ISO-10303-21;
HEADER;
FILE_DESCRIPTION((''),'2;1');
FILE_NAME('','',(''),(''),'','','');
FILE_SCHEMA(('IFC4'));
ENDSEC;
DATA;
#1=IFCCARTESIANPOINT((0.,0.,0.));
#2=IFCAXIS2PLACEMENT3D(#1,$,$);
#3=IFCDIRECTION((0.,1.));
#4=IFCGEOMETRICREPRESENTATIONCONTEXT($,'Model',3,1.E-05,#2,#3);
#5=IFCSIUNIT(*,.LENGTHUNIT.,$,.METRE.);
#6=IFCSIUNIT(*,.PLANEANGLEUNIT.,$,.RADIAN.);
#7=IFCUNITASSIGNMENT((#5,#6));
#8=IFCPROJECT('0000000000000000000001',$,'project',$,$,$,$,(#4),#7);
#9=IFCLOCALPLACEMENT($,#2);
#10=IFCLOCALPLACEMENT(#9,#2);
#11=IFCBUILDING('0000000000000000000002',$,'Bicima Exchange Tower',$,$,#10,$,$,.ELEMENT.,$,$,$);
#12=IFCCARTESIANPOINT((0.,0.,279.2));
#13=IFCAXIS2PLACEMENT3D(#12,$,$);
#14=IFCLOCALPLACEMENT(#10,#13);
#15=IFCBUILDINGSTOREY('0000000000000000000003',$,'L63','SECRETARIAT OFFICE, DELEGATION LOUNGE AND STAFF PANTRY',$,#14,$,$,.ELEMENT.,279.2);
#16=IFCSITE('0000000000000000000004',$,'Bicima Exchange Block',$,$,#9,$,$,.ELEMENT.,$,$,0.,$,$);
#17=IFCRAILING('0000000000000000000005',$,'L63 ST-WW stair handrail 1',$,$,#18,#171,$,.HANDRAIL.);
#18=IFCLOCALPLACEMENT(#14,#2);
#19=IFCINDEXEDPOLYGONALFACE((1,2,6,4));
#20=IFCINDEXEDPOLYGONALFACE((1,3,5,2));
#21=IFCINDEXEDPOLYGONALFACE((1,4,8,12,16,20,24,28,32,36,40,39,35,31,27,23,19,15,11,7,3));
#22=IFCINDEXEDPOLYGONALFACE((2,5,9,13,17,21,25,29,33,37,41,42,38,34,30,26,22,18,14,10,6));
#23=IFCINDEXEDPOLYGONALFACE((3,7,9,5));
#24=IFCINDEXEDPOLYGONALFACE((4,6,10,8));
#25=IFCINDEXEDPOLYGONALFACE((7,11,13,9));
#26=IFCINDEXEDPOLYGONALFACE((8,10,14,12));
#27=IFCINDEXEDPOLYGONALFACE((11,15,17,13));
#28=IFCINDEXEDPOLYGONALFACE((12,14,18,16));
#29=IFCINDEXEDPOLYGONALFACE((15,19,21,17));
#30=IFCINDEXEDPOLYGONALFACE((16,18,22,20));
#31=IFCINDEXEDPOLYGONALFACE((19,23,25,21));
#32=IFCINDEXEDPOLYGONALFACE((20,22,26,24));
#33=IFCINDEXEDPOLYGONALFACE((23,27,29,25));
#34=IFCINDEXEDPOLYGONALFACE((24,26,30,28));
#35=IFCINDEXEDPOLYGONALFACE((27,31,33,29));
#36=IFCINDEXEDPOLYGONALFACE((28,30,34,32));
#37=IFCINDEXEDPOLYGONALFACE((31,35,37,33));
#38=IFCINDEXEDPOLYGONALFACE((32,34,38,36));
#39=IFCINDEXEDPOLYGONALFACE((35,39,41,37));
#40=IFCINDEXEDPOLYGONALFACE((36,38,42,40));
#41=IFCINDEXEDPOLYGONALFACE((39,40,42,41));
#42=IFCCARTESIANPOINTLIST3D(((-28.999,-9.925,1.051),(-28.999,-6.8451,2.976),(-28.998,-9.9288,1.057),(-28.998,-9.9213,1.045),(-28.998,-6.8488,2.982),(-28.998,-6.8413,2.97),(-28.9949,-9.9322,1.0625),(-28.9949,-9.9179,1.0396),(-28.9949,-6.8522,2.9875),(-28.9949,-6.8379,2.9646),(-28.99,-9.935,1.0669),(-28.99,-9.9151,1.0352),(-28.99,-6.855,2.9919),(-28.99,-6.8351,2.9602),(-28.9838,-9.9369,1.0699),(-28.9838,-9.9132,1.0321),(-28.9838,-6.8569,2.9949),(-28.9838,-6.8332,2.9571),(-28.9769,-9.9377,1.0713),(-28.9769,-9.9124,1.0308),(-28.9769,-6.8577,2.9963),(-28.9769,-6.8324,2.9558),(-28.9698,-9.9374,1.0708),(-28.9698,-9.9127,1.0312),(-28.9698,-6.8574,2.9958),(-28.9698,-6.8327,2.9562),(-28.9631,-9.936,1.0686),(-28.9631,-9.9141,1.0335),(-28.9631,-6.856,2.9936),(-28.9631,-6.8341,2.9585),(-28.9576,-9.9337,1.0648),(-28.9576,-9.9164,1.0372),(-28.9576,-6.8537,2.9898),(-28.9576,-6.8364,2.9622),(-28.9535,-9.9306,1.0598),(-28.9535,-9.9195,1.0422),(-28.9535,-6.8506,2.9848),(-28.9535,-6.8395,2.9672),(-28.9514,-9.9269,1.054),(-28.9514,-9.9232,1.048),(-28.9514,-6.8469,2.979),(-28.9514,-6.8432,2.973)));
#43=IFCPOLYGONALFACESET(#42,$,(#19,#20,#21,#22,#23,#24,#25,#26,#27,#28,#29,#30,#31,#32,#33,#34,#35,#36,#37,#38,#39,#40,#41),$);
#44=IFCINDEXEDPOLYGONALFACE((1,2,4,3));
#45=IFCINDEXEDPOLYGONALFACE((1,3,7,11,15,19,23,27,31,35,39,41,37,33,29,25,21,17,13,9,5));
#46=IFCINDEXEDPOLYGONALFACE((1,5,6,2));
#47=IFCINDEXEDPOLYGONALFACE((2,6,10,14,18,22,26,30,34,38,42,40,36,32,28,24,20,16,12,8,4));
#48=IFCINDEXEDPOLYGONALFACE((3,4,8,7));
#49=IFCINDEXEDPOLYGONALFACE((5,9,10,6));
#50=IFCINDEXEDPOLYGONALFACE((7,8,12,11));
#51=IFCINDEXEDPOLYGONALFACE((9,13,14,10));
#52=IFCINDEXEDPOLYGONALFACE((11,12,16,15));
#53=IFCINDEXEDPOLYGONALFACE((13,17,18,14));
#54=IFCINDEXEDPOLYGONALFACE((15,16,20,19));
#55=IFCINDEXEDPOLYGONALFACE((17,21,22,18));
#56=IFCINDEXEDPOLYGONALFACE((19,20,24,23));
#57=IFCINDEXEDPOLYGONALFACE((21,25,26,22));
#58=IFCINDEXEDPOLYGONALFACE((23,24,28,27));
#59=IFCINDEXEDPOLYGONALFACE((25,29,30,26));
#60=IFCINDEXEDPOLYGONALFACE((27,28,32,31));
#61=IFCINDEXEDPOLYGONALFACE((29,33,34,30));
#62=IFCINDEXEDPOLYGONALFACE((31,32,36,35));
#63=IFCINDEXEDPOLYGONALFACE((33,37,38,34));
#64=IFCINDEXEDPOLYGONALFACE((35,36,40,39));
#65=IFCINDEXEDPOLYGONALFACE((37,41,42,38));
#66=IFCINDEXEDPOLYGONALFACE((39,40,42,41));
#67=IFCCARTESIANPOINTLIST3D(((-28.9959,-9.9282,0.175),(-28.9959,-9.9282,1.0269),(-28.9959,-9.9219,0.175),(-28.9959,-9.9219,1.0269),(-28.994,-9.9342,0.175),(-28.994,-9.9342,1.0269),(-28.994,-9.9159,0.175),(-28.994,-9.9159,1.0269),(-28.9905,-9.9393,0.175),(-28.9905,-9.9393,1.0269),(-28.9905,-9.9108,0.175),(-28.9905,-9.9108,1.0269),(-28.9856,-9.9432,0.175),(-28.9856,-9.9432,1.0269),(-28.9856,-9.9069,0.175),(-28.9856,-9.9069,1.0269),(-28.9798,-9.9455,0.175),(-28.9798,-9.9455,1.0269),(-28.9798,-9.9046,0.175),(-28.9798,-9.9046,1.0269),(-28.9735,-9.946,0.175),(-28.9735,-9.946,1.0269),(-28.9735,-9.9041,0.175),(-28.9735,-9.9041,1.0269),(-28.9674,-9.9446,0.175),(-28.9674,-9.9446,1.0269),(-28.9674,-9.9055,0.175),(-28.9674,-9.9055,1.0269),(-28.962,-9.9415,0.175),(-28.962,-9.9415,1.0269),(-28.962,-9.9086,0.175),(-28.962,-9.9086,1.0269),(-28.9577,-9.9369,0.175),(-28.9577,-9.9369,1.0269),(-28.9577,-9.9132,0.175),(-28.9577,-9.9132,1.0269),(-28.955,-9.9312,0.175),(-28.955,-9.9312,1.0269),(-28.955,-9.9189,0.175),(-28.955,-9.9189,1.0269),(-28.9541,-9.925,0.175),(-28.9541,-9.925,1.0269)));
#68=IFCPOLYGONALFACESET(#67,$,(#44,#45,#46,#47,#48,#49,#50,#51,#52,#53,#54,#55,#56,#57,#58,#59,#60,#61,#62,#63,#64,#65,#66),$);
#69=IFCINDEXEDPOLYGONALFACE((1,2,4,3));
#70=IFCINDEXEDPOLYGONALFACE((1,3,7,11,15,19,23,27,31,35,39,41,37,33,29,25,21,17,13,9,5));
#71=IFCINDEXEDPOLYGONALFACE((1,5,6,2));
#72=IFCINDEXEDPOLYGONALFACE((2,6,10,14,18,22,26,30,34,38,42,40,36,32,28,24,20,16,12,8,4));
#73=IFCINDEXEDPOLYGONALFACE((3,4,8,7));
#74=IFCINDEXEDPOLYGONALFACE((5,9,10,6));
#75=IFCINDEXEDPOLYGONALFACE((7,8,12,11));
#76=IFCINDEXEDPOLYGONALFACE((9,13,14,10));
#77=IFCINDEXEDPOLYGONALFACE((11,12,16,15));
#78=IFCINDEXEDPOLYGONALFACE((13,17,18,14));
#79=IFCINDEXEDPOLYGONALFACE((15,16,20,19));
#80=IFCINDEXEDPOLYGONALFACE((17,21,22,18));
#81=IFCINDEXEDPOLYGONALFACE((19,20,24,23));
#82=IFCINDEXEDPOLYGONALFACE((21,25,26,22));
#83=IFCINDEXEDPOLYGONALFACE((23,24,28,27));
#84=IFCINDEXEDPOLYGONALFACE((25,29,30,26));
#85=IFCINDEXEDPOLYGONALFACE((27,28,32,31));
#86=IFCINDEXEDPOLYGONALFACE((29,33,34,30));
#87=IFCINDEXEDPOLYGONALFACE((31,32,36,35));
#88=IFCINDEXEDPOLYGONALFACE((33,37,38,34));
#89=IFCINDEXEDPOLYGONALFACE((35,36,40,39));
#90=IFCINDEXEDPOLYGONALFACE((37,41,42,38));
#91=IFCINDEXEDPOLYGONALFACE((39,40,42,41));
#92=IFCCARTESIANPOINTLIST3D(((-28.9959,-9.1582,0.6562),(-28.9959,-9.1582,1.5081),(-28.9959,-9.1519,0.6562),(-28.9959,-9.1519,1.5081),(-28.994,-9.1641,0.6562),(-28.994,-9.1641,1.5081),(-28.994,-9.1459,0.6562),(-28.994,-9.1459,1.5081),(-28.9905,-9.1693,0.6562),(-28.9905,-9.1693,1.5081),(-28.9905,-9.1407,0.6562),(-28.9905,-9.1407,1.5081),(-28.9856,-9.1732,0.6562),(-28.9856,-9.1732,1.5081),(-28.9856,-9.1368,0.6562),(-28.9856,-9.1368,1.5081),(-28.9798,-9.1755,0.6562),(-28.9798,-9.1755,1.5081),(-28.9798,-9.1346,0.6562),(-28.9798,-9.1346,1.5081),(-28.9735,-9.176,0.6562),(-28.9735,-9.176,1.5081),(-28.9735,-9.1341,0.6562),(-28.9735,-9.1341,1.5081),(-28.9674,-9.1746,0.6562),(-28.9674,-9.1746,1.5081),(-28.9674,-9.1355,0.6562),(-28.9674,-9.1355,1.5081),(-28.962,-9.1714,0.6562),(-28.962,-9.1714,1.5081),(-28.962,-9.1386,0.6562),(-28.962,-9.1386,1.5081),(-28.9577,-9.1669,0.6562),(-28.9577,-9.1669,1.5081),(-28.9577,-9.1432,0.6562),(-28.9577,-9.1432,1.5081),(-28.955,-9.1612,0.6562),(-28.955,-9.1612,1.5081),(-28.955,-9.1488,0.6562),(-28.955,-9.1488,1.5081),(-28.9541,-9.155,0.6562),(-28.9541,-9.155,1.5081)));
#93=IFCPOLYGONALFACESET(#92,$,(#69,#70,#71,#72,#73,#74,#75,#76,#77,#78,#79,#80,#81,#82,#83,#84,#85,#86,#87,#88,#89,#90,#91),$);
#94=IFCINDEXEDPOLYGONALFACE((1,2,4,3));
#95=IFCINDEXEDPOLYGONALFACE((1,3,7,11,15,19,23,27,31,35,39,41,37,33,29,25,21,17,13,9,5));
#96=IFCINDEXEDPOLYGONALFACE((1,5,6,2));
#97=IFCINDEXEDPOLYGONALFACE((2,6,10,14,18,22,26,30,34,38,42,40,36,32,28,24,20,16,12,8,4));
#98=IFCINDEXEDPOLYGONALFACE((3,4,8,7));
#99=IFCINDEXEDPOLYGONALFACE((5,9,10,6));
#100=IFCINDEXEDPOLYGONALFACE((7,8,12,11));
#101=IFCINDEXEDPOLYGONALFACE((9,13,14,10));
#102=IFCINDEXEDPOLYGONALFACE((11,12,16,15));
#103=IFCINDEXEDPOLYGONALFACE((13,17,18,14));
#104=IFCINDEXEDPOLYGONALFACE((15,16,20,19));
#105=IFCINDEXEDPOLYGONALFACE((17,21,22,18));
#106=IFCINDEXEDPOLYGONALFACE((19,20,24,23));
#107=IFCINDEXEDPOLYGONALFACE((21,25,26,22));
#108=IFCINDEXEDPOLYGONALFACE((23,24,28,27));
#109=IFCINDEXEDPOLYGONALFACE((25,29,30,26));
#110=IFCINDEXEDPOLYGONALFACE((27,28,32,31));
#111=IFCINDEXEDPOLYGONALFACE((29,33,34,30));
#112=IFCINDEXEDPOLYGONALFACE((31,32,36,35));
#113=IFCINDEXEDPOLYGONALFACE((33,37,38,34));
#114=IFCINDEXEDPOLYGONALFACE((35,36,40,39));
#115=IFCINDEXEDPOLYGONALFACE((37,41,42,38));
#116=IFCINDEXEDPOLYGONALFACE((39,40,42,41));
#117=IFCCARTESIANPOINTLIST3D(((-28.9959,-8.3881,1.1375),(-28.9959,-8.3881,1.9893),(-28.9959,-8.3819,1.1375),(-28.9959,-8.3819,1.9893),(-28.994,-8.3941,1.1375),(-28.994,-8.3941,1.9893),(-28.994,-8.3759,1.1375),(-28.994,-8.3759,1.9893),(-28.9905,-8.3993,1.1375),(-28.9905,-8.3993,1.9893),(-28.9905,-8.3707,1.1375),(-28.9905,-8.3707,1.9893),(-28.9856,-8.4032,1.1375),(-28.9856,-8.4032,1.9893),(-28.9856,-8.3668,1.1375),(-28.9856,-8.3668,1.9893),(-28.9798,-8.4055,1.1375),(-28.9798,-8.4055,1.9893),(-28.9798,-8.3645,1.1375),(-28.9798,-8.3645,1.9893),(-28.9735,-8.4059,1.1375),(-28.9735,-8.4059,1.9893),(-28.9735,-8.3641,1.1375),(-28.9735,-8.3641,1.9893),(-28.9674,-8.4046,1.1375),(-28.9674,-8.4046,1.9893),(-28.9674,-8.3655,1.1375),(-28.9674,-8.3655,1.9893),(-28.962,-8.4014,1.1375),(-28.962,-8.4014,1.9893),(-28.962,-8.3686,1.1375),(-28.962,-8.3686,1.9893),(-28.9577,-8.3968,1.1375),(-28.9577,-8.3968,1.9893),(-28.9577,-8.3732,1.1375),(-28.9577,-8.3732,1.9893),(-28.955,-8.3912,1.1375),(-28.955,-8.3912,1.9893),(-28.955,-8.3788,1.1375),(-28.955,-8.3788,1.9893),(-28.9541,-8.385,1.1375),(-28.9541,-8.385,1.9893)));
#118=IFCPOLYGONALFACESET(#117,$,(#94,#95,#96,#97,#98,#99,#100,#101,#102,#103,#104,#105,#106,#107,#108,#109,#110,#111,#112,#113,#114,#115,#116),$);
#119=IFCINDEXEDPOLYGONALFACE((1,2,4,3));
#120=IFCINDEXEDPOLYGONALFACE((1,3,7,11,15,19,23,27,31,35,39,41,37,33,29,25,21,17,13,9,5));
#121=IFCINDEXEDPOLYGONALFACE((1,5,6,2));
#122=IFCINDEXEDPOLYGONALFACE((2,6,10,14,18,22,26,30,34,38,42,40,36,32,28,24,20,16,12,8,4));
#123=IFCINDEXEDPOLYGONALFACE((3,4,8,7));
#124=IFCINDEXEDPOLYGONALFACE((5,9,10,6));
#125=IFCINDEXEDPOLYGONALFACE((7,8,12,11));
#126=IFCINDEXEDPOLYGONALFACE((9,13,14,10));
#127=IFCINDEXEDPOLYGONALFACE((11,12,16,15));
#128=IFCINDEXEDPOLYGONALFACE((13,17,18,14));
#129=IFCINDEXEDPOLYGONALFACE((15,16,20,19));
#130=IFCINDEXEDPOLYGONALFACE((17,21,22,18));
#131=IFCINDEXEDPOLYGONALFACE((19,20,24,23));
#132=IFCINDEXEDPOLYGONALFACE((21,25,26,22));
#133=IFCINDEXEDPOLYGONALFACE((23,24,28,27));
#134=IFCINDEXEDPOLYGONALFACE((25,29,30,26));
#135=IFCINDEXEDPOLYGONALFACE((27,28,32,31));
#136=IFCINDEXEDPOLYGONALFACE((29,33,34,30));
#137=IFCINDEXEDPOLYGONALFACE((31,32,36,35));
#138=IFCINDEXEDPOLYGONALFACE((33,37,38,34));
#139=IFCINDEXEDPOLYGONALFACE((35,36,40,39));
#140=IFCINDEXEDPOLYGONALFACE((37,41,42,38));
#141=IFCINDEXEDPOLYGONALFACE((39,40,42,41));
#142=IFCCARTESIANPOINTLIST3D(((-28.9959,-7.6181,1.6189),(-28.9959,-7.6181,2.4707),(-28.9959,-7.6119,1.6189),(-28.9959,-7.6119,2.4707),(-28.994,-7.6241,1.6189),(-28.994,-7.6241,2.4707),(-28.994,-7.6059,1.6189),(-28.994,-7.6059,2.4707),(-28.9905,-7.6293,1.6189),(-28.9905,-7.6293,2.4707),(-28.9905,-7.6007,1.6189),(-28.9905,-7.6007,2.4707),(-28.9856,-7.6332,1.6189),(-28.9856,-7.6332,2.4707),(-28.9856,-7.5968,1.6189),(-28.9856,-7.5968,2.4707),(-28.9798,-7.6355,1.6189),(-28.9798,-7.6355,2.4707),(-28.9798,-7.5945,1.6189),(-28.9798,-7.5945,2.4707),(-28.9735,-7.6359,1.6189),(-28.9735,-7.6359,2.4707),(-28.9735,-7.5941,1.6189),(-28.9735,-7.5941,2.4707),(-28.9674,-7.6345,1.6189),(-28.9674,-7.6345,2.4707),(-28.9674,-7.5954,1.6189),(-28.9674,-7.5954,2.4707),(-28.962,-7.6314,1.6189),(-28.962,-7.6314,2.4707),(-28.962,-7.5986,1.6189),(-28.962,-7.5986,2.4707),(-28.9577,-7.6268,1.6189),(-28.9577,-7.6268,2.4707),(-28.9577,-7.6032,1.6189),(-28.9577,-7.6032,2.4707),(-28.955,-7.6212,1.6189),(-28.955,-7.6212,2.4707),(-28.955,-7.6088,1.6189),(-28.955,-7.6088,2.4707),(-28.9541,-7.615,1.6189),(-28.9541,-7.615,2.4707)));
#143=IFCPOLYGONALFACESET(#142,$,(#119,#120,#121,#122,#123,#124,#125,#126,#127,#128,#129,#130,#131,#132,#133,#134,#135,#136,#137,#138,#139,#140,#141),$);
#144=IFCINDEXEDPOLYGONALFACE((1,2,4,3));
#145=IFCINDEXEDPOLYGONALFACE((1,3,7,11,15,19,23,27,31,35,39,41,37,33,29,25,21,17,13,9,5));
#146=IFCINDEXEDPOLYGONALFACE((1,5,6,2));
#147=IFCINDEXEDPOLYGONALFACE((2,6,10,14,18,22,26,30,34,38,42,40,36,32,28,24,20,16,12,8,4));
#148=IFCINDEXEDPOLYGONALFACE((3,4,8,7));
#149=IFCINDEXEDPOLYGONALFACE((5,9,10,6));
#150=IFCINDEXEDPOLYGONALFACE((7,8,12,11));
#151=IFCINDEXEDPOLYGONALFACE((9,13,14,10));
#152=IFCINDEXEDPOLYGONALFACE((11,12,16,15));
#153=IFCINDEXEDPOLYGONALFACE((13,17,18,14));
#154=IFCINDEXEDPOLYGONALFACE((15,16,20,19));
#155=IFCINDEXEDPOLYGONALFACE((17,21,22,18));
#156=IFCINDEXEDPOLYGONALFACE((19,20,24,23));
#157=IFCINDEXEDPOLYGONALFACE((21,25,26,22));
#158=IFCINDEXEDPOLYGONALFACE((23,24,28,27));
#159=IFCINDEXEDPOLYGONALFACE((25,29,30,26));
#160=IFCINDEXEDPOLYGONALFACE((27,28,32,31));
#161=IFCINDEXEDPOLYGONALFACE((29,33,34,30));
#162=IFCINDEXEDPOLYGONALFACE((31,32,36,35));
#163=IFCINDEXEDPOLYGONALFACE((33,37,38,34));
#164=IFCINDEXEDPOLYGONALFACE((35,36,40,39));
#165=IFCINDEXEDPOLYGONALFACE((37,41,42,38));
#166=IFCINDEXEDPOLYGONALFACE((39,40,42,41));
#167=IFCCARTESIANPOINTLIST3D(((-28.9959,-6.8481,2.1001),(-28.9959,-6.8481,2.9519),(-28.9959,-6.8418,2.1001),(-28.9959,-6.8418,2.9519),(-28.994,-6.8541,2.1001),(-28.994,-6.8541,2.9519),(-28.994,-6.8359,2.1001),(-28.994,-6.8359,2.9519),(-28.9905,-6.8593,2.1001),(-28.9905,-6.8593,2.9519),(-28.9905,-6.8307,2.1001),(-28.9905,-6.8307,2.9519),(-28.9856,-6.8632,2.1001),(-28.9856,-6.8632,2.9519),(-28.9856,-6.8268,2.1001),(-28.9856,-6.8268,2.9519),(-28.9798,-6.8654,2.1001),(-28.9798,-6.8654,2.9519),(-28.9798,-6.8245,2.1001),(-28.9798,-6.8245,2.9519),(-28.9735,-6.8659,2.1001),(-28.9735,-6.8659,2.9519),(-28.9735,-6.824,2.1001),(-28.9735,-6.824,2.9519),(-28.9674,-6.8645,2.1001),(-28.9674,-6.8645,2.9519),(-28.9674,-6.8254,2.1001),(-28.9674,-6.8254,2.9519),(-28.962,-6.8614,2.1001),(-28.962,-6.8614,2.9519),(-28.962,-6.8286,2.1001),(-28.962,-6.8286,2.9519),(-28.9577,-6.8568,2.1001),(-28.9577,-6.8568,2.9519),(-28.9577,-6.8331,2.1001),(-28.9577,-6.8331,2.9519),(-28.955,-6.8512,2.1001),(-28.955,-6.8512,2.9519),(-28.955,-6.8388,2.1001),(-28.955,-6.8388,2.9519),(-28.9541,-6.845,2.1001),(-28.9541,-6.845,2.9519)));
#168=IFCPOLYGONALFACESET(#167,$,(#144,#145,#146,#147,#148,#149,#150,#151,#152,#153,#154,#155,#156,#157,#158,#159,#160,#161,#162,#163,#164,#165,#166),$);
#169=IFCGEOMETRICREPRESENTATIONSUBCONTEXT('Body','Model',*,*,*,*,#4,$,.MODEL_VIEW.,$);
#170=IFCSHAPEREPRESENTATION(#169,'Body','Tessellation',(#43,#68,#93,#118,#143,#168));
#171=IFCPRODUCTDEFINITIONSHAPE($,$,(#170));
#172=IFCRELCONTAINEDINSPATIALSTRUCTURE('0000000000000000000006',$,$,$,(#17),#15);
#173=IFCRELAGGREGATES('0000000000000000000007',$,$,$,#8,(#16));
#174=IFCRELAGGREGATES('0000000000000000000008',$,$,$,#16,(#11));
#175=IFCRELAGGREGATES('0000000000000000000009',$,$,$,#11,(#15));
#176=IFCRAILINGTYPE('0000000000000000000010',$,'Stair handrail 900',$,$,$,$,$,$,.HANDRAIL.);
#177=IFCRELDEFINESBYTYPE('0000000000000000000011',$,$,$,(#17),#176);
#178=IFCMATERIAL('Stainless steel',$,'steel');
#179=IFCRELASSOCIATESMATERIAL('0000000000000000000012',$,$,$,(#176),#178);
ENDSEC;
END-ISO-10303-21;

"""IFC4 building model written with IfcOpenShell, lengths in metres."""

from ifc_helpers import new_model, si_unit, direction, frame, origin, origin_2d, place, context, subcontext, project, spatial, circle, extrude, material, type_object, element, save


model = new_model("IFC4")

# Units and contexts
model_context = context("Model", 3, precision=1e-05, world=origin(), true_north=direction((0.0, 1.0)))
body_context = subcontext(model_context, "Body", "Model", "MODEL_VIEW")
ifc_project = project(units=[si_unit("LENGTHUNIT", "METRE"), si_unit("PLANEANGLEUNIT", "RADIAN")], contexts=[model_context])

# Site, building, storey
site_placement = place(None, origin())
site = spatial("IfcSite", under=ifc_project, at=site_placement, Name="Bicima Exchange Block", CompositionType="ELEMENT", RefElevation=0.0)
building_placement = place(site_placement, origin())
building = spatial("IfcBuilding", under=site, at=building_placement, Name="Bicima Exchange Tower", CompositionType="ELEMENT")
storey_placement = place(building_placement, frame((0.0, 0.0, 279.2)))
storey = spatial("IfcBuildingStorey", under=building, at=storey_placement, Name="L63", Description="SECRETARIAT OFFICE, DELEGATION LOUNGE AND STAFF PANTRY", CompositionType="ELEMENT", Elevation=279.2)

# Railing
ifc_material_1 = material(Name="Stainless steel", Category="steel")
railing_type_1 = type_object("IfcRailingType", Name="Stair handrail 900", PredefinedType="HANDRAIL", material=ifc_material_1)
railing_1_placement = place(storey_placement, frame((-28.9751, -9.925, 0.175)))
element("IfcRailing", 1, at=railing_1_placement, inside=storey, type_object=railing_type_1, Name="L63 ST-WW stair handrail 1", PredefinedType="HANDRAIL", context=body_context, shape_type="SweptSolid", body=[
    extrude(circle(Radius=0.0239, at=origin_2d()), frame((0.0, 0.0, 0.876), z_axis=(0.0, 0.847998, 0.529999), x_axis=(-1.0, 0.0, 0.0)), (0.0, 0.0, 1.0), 3.6321),
    extrude(circle(Radius=0.021, at=origin_2d()), origin(), (0.0, 0.0, 1.0), 0.8518),
    extrude(circle(Radius=0.021, at=origin_2d()), frame((0.0, 0.77, 0.4812)), (0.0, 0.0, 1.0), 0.8518),
    extrude(circle(Radius=0.021, at=origin_2d()), frame((0.0, 1.54, 0.9624)), (0.0, 0.0, 1.0), 0.8518),
    extrude(circle(Radius=0.021, at=origin_2d()), frame((0.0, 2.3101, 1.4438)), (0.0, 0.0, 1.0), 0.8518),
    extrude(circle(Radius=0.021, at=origin_2d()), frame((0.0, 3.0801, 1.925)), (0.0, 0.0, 1.0), 0.8518),
])

save(model, "model.ifc")
